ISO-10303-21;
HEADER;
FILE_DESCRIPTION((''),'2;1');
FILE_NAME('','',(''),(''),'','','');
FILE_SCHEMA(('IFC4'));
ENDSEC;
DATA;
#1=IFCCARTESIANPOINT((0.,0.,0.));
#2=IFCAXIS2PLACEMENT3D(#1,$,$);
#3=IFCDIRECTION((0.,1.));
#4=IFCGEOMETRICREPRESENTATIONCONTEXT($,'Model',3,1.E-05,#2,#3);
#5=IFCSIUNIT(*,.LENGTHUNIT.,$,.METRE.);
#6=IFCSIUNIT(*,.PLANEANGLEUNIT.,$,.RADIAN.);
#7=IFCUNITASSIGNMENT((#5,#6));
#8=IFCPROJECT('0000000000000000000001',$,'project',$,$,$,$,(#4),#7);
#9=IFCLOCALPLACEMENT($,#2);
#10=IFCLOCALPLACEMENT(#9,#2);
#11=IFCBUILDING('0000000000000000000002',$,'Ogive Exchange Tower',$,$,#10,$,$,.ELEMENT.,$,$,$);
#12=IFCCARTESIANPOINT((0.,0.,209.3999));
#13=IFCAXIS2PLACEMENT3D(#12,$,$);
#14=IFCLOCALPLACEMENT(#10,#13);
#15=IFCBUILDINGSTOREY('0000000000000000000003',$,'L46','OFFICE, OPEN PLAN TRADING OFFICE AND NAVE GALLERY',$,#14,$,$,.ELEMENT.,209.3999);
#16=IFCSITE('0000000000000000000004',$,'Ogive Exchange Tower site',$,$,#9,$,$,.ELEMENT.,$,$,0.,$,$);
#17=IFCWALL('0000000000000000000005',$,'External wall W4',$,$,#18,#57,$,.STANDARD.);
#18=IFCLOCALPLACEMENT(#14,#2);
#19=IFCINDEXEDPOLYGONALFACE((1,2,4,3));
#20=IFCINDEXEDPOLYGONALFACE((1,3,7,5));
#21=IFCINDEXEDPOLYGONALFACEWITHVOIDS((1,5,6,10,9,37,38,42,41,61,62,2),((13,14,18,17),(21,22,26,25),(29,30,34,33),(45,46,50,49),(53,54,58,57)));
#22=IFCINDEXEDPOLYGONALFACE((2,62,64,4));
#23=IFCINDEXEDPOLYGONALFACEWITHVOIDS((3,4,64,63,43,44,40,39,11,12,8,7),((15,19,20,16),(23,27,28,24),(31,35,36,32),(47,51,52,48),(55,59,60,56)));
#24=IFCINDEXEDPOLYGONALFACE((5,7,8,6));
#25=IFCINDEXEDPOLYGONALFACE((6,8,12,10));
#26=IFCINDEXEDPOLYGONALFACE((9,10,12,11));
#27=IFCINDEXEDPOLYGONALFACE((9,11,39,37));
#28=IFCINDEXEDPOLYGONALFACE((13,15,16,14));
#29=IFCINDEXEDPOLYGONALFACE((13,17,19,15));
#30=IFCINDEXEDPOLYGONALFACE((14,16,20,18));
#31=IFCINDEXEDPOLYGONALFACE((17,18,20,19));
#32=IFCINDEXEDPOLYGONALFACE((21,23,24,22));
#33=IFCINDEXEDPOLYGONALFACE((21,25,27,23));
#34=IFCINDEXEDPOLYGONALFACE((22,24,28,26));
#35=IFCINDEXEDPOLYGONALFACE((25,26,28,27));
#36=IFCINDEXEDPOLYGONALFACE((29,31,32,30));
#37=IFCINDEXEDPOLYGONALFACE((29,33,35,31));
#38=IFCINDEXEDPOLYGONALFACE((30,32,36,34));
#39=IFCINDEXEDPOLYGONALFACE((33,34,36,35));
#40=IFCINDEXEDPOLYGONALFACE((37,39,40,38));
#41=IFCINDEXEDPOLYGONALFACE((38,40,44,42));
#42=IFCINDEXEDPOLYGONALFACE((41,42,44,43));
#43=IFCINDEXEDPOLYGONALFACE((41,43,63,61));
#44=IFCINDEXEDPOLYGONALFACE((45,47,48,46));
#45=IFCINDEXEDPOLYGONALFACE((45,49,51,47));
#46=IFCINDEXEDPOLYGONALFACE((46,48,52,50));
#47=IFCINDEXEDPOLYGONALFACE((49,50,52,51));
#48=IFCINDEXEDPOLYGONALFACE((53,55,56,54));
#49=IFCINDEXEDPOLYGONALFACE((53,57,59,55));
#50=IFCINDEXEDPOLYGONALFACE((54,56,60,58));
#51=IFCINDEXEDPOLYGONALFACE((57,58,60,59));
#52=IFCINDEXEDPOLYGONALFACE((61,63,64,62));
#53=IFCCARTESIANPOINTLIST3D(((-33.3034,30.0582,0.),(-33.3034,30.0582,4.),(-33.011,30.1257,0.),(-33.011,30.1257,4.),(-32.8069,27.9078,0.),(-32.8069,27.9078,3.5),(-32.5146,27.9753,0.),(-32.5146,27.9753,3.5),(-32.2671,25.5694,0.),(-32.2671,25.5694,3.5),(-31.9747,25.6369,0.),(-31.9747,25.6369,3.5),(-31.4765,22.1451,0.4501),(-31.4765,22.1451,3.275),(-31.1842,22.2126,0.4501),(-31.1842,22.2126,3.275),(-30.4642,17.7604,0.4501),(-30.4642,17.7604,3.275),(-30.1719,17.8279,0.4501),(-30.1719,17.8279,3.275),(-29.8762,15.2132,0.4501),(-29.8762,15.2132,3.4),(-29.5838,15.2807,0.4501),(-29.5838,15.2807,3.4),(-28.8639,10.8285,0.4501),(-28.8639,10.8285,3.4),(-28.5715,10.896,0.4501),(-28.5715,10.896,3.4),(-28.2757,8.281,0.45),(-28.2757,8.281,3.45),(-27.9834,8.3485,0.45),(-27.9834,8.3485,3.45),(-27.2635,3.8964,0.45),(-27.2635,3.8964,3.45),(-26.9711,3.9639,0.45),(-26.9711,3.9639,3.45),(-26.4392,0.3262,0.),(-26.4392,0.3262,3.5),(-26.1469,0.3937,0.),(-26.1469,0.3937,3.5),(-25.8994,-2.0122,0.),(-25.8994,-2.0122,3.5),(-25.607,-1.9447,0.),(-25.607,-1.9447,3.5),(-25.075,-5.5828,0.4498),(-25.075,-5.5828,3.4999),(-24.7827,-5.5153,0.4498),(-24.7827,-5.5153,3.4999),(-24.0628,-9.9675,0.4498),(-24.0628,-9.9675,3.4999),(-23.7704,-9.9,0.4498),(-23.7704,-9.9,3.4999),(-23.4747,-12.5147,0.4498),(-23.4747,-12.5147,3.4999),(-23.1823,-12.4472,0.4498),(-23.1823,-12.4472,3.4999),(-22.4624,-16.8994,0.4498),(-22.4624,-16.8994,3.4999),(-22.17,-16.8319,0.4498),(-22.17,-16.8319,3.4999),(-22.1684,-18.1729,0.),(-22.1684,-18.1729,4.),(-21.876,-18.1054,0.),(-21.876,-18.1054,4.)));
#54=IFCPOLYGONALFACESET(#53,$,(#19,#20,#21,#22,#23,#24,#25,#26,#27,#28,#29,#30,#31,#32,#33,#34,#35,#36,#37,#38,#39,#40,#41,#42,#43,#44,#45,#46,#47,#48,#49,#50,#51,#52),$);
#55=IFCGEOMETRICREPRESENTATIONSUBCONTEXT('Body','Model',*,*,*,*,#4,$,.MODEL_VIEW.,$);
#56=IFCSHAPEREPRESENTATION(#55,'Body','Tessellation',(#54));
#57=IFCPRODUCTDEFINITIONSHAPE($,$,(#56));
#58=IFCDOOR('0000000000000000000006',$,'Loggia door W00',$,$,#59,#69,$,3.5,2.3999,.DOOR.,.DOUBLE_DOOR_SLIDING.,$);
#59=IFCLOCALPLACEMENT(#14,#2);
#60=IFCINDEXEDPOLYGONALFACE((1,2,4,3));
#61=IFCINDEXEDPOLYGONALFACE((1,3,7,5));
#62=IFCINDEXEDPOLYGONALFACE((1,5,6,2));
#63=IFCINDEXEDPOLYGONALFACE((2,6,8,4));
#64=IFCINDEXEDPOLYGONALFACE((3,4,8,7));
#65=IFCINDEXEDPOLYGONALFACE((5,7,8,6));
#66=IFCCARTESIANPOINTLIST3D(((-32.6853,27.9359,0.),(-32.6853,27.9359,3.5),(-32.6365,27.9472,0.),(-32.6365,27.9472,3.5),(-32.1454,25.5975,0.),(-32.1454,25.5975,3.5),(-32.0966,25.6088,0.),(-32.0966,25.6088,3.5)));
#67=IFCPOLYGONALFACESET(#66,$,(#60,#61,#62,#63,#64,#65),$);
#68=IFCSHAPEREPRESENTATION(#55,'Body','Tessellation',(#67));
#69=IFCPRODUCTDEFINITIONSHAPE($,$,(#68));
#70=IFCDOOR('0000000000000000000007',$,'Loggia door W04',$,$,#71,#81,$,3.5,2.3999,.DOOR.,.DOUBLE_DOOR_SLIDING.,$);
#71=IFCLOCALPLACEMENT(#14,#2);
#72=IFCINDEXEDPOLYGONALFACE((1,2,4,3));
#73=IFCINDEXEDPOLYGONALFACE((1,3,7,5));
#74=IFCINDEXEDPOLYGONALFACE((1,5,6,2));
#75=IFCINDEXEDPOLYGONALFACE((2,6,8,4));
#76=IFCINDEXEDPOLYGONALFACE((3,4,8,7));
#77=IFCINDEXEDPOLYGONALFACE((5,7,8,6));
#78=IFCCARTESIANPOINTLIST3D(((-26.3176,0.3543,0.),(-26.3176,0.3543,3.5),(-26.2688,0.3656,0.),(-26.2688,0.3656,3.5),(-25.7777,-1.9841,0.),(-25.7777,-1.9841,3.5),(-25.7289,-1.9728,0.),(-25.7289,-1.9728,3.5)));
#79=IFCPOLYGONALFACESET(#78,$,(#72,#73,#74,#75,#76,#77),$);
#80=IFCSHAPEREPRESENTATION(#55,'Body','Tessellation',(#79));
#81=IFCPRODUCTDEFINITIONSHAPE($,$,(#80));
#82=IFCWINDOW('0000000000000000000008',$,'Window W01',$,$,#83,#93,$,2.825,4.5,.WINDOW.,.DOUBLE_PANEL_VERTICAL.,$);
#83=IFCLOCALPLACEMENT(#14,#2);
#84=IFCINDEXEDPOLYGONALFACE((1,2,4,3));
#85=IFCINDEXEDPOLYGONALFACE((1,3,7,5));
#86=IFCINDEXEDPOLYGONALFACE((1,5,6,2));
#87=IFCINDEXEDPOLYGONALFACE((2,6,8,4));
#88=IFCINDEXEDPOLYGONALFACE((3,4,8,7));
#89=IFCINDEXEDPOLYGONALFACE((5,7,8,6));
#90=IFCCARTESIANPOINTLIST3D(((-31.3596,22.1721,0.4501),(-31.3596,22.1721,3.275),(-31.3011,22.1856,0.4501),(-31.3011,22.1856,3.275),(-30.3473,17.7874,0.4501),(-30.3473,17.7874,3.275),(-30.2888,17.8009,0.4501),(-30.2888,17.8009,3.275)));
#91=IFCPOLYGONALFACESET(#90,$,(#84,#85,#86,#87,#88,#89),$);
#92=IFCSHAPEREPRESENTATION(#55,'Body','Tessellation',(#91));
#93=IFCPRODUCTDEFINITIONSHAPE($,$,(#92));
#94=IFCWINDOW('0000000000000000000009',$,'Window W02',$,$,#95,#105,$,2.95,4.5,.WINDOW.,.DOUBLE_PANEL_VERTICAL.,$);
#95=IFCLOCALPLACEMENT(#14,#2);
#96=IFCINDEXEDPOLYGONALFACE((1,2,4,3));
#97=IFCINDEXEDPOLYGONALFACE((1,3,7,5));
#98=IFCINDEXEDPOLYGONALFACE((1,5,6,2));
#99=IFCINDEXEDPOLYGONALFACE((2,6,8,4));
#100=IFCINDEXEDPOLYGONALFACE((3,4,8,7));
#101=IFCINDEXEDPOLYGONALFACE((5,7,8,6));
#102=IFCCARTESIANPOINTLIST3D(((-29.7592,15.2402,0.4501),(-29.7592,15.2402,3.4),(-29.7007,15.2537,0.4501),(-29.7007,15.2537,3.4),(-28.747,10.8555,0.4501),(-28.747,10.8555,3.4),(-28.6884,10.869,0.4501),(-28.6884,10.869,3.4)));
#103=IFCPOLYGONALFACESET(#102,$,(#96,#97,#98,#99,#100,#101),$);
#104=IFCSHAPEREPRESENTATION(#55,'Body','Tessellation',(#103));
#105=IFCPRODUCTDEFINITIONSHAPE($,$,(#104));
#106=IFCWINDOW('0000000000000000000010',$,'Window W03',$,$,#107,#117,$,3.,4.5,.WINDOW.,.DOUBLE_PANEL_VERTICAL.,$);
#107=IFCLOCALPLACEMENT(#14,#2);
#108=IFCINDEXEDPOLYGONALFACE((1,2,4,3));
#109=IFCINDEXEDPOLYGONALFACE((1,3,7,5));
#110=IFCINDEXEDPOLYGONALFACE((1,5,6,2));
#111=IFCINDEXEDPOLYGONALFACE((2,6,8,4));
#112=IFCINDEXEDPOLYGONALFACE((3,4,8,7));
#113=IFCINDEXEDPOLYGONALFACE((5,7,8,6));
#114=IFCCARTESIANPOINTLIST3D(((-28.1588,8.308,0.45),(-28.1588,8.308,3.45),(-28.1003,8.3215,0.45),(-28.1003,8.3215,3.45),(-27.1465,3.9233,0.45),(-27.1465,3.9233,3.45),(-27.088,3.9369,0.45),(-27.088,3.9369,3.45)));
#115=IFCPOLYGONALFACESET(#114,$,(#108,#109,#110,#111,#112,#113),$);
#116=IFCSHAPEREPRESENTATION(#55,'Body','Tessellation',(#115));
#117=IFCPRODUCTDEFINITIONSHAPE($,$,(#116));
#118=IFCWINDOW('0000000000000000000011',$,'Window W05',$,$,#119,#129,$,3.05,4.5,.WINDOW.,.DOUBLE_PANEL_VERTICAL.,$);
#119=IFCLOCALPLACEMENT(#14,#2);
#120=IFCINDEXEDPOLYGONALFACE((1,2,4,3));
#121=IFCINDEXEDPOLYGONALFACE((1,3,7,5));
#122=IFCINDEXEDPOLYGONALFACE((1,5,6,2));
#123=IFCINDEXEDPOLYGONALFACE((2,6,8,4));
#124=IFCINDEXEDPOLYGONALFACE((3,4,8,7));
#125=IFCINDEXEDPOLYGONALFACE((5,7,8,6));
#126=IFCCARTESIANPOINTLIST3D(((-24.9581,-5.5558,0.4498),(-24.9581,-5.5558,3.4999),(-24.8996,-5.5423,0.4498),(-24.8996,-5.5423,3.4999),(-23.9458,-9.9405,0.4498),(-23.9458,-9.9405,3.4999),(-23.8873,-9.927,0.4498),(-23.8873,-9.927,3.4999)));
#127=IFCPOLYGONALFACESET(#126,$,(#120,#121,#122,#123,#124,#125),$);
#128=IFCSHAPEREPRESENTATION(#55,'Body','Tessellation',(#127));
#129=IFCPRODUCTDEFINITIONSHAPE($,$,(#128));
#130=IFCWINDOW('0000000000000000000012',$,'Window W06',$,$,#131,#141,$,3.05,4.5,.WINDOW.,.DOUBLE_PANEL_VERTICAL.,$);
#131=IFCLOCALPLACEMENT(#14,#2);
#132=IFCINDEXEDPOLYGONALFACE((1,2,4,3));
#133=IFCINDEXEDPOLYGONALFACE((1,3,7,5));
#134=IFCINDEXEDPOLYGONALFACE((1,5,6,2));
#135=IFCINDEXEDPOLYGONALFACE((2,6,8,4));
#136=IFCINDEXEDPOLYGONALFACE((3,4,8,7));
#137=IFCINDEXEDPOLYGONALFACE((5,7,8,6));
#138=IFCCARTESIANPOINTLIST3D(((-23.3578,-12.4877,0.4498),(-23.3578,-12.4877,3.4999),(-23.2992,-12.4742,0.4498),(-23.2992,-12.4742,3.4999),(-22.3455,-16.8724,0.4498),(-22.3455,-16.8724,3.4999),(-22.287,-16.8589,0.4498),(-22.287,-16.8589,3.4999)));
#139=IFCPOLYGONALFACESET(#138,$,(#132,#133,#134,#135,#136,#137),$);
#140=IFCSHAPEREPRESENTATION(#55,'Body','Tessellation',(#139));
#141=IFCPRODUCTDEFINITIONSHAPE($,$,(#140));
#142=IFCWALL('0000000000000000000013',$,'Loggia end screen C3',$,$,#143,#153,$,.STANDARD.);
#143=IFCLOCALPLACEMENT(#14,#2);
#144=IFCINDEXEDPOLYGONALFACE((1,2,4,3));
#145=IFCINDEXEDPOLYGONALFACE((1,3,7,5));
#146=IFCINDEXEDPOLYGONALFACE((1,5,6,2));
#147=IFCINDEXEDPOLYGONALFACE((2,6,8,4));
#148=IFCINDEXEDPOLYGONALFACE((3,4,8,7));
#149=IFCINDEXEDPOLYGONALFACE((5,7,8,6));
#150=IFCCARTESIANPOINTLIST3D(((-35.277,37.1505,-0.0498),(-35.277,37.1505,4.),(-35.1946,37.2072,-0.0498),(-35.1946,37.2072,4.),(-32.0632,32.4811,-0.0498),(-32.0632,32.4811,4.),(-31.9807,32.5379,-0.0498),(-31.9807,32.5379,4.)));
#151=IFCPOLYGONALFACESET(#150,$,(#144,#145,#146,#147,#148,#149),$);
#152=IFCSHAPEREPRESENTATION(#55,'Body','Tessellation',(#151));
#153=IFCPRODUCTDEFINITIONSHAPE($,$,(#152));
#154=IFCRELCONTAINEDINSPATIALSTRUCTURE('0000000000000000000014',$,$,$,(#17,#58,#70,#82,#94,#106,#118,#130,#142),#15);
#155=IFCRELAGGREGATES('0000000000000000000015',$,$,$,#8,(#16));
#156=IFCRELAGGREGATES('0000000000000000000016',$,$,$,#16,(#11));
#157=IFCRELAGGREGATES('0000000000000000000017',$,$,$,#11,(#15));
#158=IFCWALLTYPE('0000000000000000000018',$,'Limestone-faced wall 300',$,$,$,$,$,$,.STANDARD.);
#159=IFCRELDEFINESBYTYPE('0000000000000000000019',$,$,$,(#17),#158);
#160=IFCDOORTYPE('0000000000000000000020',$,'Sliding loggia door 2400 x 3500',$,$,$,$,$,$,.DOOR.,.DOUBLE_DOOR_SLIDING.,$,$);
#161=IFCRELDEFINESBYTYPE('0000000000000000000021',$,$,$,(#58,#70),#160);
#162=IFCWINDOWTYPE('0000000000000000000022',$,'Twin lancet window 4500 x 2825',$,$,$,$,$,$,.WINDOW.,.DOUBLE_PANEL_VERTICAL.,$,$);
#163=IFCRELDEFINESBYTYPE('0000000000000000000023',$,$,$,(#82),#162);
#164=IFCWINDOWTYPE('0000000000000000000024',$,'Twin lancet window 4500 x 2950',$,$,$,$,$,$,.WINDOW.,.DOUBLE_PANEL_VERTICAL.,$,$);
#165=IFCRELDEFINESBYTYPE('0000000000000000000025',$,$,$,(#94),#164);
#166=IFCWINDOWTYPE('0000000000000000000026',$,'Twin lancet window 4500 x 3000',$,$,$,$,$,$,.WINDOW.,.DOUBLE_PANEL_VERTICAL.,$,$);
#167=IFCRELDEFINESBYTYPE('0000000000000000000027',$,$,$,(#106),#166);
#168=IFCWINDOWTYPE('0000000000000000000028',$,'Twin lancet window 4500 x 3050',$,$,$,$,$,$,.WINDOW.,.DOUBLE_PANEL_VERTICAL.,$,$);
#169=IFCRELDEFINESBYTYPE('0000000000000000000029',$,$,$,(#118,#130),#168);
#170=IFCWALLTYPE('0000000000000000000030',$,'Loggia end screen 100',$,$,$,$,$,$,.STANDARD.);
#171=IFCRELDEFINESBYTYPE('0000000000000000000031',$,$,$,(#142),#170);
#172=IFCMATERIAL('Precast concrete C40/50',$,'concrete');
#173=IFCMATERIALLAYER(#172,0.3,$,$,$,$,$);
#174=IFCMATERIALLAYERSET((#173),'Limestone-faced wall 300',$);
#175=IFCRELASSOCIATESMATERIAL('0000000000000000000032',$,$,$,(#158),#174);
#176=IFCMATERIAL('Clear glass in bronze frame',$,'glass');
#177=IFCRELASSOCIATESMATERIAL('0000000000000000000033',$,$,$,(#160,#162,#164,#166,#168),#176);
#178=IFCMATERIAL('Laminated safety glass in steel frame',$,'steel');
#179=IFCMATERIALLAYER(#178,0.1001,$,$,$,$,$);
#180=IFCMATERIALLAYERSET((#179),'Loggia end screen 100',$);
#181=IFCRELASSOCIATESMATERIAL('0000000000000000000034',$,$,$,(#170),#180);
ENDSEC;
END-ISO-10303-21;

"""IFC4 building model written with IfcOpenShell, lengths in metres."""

from ifc_helpers import new_model, si_unit, direction, frame, frame_2d, origin, place, context, subcontext, project, spatial, rectangle, extrude, material, layer, layer_set, type_object, element, fill, save


model = new_model("IFC4")

# Units and contexts
model_context = context("Model", 3, precision=1e-05, world=origin(), true_north=direction((0.0, 1.0)))
body_context = subcontext(model_context, "Body", "Model", "MODEL_VIEW")
ifc_project = project(units=[si_unit("LENGTHUNIT", "METRE"), si_unit("PLANEANGLEUNIT", "RADIAN")], contexts=[model_context])

# Site, building, storey
site_placement = place(None, origin())
site = spatial("IfcSite", under=ifc_project, at=site_placement, Name="Ogive Exchange Tower site", CompositionType="ELEMENT", RefElevation=0.0)
building_placement = place(site_placement, origin())
building = spatial("IfcBuilding", under=site, at=building_placement, Name="Ogive Exchange Tower", CompositionType="ELEMENT")
storey_placement = place(building_placement, frame((0.0, 0.0, 209.3999)))
storey = spatial("IfcBuildingStorey", under=building, at=storey_placement, Name="L46", Description="OFFICE, OPEN PLAN TRADING OFFICE AND NAVE GALLERY", CompositionType="ELEMENT", Elevation=209.3999)

# Wall, openings, doors, windows
ifc_material_1 = material(Name="Precast concrete C40/50", Category="concrete")
ifc_layer_1 = layer(ifc_material_1, 0.3)
ifc_layer_set_1 = layer_set([ifc_layer_1], Name="Limestone-faced wall 300")
wall_type_1 = type_object("IfcWallType", Name="Limestone-faced wall 300", PredefinedType="STANDARD", material=ifc_layer_set_1)
wall_1_placement = place(storey_placement, frame((-33.1572, 30.092, 0.0), z_axis=(0.0, 0.0, 1.0), x_axis=(0.22495, -0.97437, 0.0)))
wall_1 = element("IfcWall", 1, at=wall_1_placement, inside=storey, type_object=wall_type_1, Name="External wall W4", PredefinedType="STANDARD", context=body_context, shape_type="SweptSolid", body=[
    extrude(rectangle(XDim=49.4998, YDim=0.3, at=frame_2d((24.75, 0.0))), origin(), (0.0, 0.0, 1.0), 4.0),
])
opening_1_placement = place(wall_1_placement, frame((2.207, 0.0, 0.0)))
opening_1 = element("IfcOpeningElement", 2, at=opening_1_placement, cuts=wall_1, PredefinedType="OPENING", context=body_context, shape_type="SweptSolid", body=[
    extrude(rectangle(XDim=2.3999, YDim=3.5, at=frame_2d((1.2, 1.75))), frame((0.0, 0.1599, 0.0), z_axis=(0.0, -1.0, 0.0), x_axis=(1.0, 0.0, 0.0)), (0.0, 0.0, 1.0), 0.3201),
])
opening_2_placement = place(wall_1_placement, frame((8.1213, 0.0, 0.45)))
opening_2 = element("IfcOpeningElement", 3, at=opening_2_placement, cuts=wall_1, PredefinedType="OPENING", context=body_context, shape_type="SweptSolid", body=[
    extrude(rectangle(XDim=4.5, YDim=2.825, at=frame_2d((2.25, 1.4126))), frame((0.0, 0.1599, 0.0), z_axis=(0.0, -1.0, 0.0), x_axis=(1.0, 0.0, 0.0)), (0.0, 0.0, 1.0), 0.3201),
])
opening_3_placement = place(wall_1_placement, frame((15.2356, 0.0, 0.45)))
opening_3 = element("IfcOpeningElement", 4, at=opening_3_placement, cuts=wall_1, PredefinedType="OPENING", context=body_context, shape_type="SweptSolid", body=[
    extrude(rectangle(XDim=4.5, YDim=2.95, at=frame_2d((2.25, 1.4751))), frame((0.0, 0.1599, 0.0), z_axis=(0.0, -1.0, 0.0), x_axis=(1.0, 0.0, 0.0)), (0.0, 0.0, 1.0), 0.3201),
])
opening_4_placement = place(wall_1_placement, frame((22.3501, 0.0, 0.45)))
opening_4 = element("IfcOpeningElement", 5, at=opening_4_placement, cuts=wall_1, PredefinedType="OPENING", context=body_context, shape_type="SweptSolid", body=[
    extrude(rectangle(XDim=4.5, YDim=3.0, at=frame_2d((2.25, 1.5))), frame((0.0, 0.1599, 0.0), z_axis=(0.0, -1.0, 0.0), x_axis=(1.0, 0.0, 0.0)), (0.0, 0.0, 1.0), 0.3201),
])
opening_5_placement = place(wall_1_placement, frame((30.5142, 0.0, 0.0)))
opening_5 = element("IfcOpeningElement", 6, at=opening_5_placement, cuts=wall_1, PredefinedType="OPENING", context=body_context, shape_type="SweptSolid", body=[
    extrude(rectangle(XDim=2.3999, YDim=3.5, at=frame_2d((1.2, 1.75))), frame((0.0, 0.1599, 0.0), z_axis=(0.0, -1.0, 0.0), x_axis=(1.0, 0.0, 0.0)), (0.0, 0.0, 1.0), 0.3201),
])
opening_6_placement = place(wall_1_placement, frame((36.5786, 0.0, 0.45)))
opening_6 = element("IfcOpeningElement", 7, at=opening_6_placement, cuts=wall_1, PredefinedType="OPENING", context=body_context, shape_type="SweptSolid", body=[
    extrude(rectangle(XDim=4.5, YDim=3.05, at=frame_2d((2.25, 1.5249))), frame((0.0, 0.1599, 0.0), z_axis=(0.0, -1.0, 0.0), x_axis=(1.0, 0.0, 0.0)), (0.0, 0.0, 1.0), 0.3201),
])
opening_7_placement = place(wall_1_placement, frame((43.6929, 0.0, 0.45)))
opening_7 = element("IfcOpeningElement", 8, at=opening_7_placement, cuts=wall_1, PredefinedType="OPENING", context=body_context, shape_type="SweptSolid", body=[
    extrude(rectangle(XDim=4.5, YDim=3.05, at=frame_2d((2.25, 1.5249))), frame((0.0, 0.1599, 0.0), z_axis=(0.0, -1.0, 0.0), x_axis=(1.0, 0.0, 0.0)), (0.0, 0.0, 1.0), 0.3201),
])
ifc_material_2 = material(Name="Clear glass in bronze frame", Category="glass")
door_type_1 = type_object("IfcDoorType", Name="Sliding loggia door 2400 x 3500", OperationType="DOUBLE_DOOR_SLIDING", PredefinedType="DOOR", material=ifc_material_2)
door_1_placement = place(opening_1_placement, origin())
door_1 = element("IfcDoor", 9, at=door_1_placement, inside=storey, type_object=door_type_1, Name="Loggia door W00", OperationType="DOUBLE_DOOR_SLIDING", OverallHeight=3.5, OverallWidth=2.3999, PredefinedType="DOOR", context=body_context, shape_type="SweptSolid", body=[
    extrude(rectangle(XDim=2.3999, YDim=3.5, at=frame_2d((1.2, 1.75))), frame((0.0, 0.0249, 0.0), z_axis=(0.0, -1.0, 0.0), x_axis=(1.0, 0.0, 0.0)), (0.0, 0.0, 1.0), 0.05),
])
fill(opening_1, door_1)
door_2_placement = place(opening_5_placement, origin())
door_2 = element("IfcDoor", 10, at=door_2_placement, inside=storey, type_object=door_type_1, Name="Loggia door W04", OperationType="DOUBLE_DOOR_SLIDING", OverallHeight=3.5, OverallWidth=2.3999, PredefinedType="DOOR", context=body_context, shape_type="SweptSolid", body=[
    extrude(rectangle(XDim=2.3999, YDim=3.5, at=frame_2d((1.2, 1.75))), frame((0.0, 0.0249, 0.0), z_axis=(0.0, -1.0, 0.0), x_axis=(1.0, 0.0, 0.0)), (0.0, 0.0, 1.0), 0.05),
])
fill(opening_5, door_2)
window_type_1 = type_object("IfcWindowType", Name="Twin lancet window 4500 x 2825", PartitioningType="DOUBLE_PANEL_VERTICAL", PredefinedType="WINDOW", material=ifc_material_2)
window_1_placement = place(opening_2_placement, origin())
window_1 = element("IfcWindow", 11, at=window_1_placement, inside=storey, type_object=window_type_1, Name="Window W01", OverallHeight=2.825, OverallWidth=4.5, PartitioningType="DOUBLE_PANEL_VERTICAL", PredefinedType="WINDOW", context=body_context, shape_type="SweptSolid", body=[
    extrude(rectangle(XDim=4.5, YDim=2.825, at=frame_2d((2.25, 1.4126))), frame((0.0, 0.03, 0.0), z_axis=(0.0, -1.0, 0.0), x_axis=(1.0, 0.0, 0.0)), (0.0, 0.0, 1.0), 0.0601),
])
fill(opening_2, window_1)
window_type_2 = type_object("IfcWindowType", Name="Twin lancet window 4500 x 2950", PartitioningType="DOUBLE_PANEL_VERTICAL", PredefinedType="WINDOW", material=ifc_material_2)
window_2_placement = place(opening_3_placement, origin())
window_2 = element("IfcWindow", 12, at=window_2_placement, inside=storey, type_object=window_type_2, Name="Window W02", OverallHeight=2.95, OverallWidth=4.5, PartitioningType="DOUBLE_PANEL_VERTICAL", PredefinedType="WINDOW", context=body_context, shape_type="SweptSolid", body=[
    extrude(rectangle(XDim=4.5, YDim=2.95, at=frame_2d((2.25, 1.4751))), frame((0.0, 0.03, 0.0), z_axis=(0.0, -1.0, 0.0), x_axis=(1.0, 0.0, 0.0)), (0.0, 0.0, 1.0), 0.0601),
])
fill(opening_3, window_2)
window_type_3 = type_object("IfcWindowType", Name="Twin lancet window 4500 x 3000", PartitioningType="DOUBLE_PANEL_VERTICAL", PredefinedType="WINDOW", material=ifc_material_2)
window_3_placement = place(opening_4_placement, origin())
window_3 = element("IfcWindow", 13, at=window_3_placement, inside=storey, type_object=window_type_3, Name="Window W03", OverallHeight=3.0, OverallWidth=4.5, PartitioningType="DOUBLE_PANEL_VERTICAL", PredefinedType="WINDOW", context=body_context, shape_type="SweptSolid", body=[
    extrude(rectangle(XDim=4.5, YDim=3.0, at=frame_2d((2.25, 1.5))), frame((0.0, 0.03, 0.0), z_axis=(0.0, -1.0, 0.0), x_axis=(1.0, 0.0, 0.0)), (0.0, 0.0, 1.0), 0.0601),
])
fill(opening_4, window_3)
window_type_4 = type_object("IfcWindowType", Name="Twin lancet window 4500 x 3050", PartitioningType="DOUBLE_PANEL_VERTICAL", PredefinedType="WINDOW", material=ifc_material_2)
window_4_placement = place(opening_6_placement, origin())
window_4 = element("IfcWindow", 14, at=window_4_placement, inside=storey, type_object=window_type_4, Name="Window W05", OverallHeight=3.05, OverallWidth=4.5, PartitioningType="DOUBLE_PANEL_VERTICAL", PredefinedType="WINDOW", context=body_context, shape_type="SweptSolid", body=[
    extrude(rectangle(XDim=4.5, YDim=3.05, at=frame_2d((2.25, 1.5249))), frame((0.0, 0.03, 0.0), z_axis=(0.0, -1.0, 0.0), x_axis=(1.0, 0.0, 0.0)), (0.0, 0.0, 1.0), 0.0601),
])
fill(opening_6, window_4)
window_5_placement = place(opening_7_placement, origin())
window_5 = element("IfcWindow", 15, at=window_5_placement, inside=storey, type_object=window_type_4, Name="Window W06", OverallHeight=3.05, OverallWidth=4.5, PartitioningType="DOUBLE_PANEL_VERTICAL", PredefinedType="WINDOW", context=body_context, shape_type="SweptSolid", body=[
    extrude(rectangle(XDim=4.5, YDim=3.05, at=frame_2d((2.25, 1.5249))), frame((0.0, 0.03, 0.0), z_axis=(0.0, -1.0, 0.0), x_axis=(1.0, 0.0, 0.0)), (0.0, 0.0, 1.0), 0.0601),
])
fill(opening_7, window_5)

# Wall
ifc_material_3 = material(Name="Laminated safety glass in steel frame", Category="steel")
ifc_layer_2 = layer(ifc_material_3, 0.1001)
ifc_layer_set_2 = layer_set([ifc_layer_2], Name="Loggia end screen 100")
wall_type_2 = type_object("IfcWallType", Name="Loggia end screen 100", PredefinedType="STANDARD", material=ifc_layer_set_2)
wall_2_placement = place(storey_placement, frame((-32.022, 32.5095, -0.0498), z_axis=(0.0, 0.0, 1.0), x_axis=(-0.566964, 0.823743, 0.0)))
element("IfcWall", 16, at=wall_2_placement, inside=storey, type_object=wall_type_2, Name="Loggia end screen C3", PredefinedType="STANDARD", context=body_context, shape_type="SweptSolid", body=[
    extrude(rectangle(XDim=5.6685, YDim=0.1001, at=frame_2d((2.8342, 0.0))), origin(), (0.0, 0.0, 1.0), 4.0498),
])

save(model, "model.ifc")
